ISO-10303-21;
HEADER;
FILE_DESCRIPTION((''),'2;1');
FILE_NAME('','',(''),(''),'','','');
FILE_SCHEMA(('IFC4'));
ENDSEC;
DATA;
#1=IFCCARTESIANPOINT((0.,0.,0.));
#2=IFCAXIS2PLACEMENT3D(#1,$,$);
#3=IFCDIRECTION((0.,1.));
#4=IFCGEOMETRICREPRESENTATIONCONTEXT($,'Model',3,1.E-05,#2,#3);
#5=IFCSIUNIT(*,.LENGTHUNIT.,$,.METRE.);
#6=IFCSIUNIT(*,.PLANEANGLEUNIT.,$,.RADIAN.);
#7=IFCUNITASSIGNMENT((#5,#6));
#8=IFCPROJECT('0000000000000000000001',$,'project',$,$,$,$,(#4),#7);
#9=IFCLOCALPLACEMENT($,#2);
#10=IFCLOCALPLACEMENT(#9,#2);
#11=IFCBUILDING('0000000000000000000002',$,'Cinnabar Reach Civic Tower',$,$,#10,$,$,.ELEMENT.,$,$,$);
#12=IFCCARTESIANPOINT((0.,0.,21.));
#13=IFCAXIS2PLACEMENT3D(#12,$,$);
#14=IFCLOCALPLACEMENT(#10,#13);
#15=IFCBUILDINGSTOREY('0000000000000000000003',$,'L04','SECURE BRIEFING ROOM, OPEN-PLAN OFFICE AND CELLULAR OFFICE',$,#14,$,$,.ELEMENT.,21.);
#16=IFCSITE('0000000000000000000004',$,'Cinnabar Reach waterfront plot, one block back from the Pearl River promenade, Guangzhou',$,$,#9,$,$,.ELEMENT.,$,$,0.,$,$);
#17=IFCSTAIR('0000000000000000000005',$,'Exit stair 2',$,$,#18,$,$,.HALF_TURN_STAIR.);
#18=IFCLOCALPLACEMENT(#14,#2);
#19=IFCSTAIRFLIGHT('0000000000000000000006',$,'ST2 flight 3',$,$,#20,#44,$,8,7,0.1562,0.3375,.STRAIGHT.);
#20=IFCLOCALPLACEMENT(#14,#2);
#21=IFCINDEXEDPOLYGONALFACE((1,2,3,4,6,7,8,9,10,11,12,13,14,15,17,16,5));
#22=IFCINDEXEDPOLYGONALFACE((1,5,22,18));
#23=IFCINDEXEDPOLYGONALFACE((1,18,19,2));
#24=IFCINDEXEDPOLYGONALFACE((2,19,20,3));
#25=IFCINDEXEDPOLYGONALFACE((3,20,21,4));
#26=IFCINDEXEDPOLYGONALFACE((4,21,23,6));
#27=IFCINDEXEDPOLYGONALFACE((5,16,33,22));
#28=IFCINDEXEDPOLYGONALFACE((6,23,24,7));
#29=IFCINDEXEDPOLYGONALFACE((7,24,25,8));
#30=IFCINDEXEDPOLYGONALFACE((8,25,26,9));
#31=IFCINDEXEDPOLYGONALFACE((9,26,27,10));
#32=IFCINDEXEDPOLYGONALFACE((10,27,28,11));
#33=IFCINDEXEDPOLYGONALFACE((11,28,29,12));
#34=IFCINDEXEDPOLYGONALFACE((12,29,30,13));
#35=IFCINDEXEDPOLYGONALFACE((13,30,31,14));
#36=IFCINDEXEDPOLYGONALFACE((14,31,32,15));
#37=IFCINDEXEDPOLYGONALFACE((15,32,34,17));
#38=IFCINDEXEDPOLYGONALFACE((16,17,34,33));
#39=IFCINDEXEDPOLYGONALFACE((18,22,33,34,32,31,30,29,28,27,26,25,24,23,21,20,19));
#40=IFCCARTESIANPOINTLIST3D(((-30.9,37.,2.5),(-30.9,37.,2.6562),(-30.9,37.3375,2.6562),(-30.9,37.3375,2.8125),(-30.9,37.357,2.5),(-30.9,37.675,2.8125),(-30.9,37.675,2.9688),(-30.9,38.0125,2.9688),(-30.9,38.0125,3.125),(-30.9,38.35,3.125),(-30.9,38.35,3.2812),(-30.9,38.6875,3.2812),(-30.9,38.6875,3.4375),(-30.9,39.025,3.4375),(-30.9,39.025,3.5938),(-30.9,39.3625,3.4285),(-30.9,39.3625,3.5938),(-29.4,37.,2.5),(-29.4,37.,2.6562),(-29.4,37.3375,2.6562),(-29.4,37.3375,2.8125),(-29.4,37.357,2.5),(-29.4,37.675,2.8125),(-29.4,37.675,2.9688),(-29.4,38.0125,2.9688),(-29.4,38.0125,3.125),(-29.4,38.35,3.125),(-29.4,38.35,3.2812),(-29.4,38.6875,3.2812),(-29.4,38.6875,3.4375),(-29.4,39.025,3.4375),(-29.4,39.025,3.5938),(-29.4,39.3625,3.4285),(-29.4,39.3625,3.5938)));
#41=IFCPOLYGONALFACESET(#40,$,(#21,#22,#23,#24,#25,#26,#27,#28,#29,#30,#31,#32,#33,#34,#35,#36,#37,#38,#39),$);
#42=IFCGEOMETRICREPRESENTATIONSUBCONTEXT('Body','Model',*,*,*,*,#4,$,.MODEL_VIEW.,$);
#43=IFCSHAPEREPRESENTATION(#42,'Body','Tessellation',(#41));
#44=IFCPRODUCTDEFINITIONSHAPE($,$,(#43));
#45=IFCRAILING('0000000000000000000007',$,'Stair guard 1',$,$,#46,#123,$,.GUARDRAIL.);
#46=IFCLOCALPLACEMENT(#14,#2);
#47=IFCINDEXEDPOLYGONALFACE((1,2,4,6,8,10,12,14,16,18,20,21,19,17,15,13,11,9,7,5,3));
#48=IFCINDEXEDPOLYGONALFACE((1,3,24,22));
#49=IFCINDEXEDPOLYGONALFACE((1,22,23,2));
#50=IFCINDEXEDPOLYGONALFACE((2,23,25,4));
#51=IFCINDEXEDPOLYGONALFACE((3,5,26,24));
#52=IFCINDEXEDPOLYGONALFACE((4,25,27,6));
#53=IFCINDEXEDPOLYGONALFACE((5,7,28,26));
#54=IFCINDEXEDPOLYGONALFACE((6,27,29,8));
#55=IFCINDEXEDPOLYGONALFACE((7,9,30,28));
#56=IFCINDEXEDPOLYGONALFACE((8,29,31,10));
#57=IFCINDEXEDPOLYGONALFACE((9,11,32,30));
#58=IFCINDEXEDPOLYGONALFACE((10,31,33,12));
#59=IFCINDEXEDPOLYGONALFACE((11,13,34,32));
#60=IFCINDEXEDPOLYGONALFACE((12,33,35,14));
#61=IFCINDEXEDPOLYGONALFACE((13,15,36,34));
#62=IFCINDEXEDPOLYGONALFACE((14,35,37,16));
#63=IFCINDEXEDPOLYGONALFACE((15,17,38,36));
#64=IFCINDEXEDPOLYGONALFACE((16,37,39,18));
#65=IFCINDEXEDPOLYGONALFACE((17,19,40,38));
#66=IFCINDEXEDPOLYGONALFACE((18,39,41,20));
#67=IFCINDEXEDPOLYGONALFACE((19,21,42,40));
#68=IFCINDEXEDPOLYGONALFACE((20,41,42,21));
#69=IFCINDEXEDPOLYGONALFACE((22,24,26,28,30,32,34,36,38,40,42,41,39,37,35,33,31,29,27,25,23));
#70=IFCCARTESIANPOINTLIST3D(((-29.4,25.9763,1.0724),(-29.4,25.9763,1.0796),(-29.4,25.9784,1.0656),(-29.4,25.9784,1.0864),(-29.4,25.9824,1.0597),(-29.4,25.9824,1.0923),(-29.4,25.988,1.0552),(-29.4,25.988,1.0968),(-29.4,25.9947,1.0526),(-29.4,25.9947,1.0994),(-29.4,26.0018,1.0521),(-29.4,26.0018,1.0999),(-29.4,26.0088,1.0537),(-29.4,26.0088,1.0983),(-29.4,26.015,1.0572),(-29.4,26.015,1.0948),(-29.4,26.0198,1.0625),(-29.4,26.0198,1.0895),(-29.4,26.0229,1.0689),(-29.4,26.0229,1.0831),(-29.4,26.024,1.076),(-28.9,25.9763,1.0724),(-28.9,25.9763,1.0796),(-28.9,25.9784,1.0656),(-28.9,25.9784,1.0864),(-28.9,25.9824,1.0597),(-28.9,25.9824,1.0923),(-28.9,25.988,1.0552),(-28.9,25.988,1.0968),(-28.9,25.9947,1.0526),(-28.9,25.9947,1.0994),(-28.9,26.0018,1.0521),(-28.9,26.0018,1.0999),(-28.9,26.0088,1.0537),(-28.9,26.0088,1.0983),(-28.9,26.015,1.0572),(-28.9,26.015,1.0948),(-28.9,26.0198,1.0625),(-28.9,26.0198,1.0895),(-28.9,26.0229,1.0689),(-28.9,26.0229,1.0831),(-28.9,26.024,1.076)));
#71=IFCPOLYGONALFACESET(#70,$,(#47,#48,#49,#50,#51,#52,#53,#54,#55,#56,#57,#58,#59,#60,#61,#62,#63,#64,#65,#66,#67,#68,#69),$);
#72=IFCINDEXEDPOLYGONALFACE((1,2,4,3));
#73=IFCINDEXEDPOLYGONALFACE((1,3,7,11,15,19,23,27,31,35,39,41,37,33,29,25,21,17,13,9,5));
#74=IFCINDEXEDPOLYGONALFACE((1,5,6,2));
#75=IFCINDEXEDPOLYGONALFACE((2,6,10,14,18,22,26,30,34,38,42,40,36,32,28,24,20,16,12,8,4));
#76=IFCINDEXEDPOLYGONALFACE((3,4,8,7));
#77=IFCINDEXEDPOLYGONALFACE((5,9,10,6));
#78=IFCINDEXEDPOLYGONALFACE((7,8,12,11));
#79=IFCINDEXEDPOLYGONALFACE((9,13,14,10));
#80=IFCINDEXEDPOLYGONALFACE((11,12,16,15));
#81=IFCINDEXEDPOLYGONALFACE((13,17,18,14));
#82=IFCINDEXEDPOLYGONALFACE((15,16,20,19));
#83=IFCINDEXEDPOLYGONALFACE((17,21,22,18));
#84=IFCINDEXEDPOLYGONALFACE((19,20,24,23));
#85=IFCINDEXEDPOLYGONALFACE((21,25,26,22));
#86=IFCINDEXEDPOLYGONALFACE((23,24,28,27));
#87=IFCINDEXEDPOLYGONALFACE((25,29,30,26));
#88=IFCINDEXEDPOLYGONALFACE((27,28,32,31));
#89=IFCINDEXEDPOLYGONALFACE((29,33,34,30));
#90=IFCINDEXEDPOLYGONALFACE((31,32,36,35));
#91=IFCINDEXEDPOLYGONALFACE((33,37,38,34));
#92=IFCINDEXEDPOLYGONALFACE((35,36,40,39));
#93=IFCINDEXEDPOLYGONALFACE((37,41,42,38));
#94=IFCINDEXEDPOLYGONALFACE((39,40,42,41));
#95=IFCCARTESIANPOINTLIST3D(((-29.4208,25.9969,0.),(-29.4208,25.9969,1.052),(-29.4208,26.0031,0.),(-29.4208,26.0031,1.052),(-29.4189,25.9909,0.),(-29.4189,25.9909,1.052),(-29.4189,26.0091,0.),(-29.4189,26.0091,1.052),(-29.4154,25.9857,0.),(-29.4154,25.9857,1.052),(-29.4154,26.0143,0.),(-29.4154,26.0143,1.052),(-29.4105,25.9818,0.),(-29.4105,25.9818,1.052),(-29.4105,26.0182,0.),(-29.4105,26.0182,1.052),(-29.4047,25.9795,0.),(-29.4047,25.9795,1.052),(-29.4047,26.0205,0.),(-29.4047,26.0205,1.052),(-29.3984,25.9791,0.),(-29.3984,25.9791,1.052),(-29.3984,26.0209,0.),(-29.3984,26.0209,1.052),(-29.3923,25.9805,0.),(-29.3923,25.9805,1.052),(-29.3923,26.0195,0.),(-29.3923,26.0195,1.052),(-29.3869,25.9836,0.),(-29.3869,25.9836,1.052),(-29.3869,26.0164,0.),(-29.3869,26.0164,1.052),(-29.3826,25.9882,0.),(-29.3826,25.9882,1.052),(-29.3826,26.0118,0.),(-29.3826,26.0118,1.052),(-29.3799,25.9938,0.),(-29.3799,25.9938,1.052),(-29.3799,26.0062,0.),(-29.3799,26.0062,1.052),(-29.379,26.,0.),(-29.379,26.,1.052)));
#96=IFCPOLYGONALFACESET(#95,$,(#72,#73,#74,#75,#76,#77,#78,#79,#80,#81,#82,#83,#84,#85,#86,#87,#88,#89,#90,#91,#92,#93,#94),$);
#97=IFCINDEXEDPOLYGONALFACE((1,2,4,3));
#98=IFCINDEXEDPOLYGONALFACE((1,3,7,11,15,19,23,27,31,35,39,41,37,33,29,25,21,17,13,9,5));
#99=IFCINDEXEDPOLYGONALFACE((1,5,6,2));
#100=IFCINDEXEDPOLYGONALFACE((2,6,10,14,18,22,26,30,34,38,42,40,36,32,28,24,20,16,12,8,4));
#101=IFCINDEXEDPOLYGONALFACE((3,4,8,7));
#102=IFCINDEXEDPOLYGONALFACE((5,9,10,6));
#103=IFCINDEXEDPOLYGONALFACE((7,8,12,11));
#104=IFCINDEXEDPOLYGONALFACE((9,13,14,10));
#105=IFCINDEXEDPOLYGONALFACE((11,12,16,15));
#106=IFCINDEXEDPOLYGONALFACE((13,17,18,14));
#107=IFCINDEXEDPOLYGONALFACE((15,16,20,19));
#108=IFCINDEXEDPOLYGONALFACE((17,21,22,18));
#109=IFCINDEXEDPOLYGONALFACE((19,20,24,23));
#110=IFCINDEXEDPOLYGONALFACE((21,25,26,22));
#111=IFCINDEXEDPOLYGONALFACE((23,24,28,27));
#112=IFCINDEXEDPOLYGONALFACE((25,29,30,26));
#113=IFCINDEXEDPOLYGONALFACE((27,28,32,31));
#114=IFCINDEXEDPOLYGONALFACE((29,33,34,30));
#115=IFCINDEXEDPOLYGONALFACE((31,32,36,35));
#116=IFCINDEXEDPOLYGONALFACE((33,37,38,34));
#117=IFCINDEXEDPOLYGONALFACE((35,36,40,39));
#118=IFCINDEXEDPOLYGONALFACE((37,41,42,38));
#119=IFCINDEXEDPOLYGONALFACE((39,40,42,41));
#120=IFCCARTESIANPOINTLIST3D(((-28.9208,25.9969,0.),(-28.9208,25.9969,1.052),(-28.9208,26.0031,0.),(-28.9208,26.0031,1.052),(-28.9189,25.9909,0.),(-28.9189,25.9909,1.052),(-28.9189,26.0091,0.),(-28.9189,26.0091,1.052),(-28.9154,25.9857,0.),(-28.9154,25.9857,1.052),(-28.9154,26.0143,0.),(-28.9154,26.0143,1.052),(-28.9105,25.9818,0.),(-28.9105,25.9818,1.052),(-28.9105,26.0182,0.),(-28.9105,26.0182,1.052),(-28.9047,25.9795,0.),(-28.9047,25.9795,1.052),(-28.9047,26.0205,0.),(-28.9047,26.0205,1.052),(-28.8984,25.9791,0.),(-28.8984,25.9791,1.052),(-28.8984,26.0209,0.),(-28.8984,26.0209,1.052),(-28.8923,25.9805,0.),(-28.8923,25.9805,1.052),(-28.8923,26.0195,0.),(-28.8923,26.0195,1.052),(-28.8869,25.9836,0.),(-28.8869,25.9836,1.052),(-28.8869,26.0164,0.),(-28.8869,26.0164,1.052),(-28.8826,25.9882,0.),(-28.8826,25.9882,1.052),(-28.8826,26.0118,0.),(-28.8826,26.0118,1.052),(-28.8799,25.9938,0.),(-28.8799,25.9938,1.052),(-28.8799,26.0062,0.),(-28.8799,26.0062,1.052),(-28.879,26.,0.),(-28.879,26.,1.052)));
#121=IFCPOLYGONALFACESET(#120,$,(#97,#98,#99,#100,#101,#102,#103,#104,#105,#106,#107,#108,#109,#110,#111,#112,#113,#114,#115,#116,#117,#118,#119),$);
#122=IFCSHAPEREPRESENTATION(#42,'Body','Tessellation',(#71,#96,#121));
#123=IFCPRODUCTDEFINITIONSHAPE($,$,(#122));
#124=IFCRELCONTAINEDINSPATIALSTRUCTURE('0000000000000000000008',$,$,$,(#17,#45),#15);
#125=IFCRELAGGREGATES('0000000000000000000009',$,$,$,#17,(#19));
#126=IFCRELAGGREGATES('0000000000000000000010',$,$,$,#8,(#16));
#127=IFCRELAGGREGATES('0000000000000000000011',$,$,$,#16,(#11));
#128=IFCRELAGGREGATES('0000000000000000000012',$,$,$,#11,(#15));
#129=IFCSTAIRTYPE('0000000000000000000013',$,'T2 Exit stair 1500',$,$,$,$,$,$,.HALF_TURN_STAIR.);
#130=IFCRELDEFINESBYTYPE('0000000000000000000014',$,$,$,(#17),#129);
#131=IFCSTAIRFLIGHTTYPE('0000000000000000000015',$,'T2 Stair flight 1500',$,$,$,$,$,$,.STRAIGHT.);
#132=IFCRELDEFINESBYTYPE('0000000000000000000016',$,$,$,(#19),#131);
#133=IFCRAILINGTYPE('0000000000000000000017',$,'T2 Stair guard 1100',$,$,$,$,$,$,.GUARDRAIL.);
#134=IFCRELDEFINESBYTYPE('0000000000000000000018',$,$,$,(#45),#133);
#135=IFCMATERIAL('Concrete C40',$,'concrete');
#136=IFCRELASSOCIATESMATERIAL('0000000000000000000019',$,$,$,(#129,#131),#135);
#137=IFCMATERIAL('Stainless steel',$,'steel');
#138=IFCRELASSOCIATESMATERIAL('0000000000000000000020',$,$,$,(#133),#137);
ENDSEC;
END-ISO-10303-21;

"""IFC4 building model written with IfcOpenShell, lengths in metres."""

from ifc_helpers import new_model, si_unit, direction, frame, origin, origin_2d, place, context, subcontext, project, spatial, polyline, circle, outline, extrude, material, type_object, element, aggregate, save


model = new_model("IFC4")

# Units and contexts
model_context = context("Model", 3, precision=1e-05, world=origin(), true_north=direction((0.0, 1.0)))
body_context = subcontext(model_context, "Body", "Model", "MODEL_VIEW")
ifc_project = project(units=[si_unit("LENGTHUNIT", "METRE"), si_unit("PLANEANGLEUNIT", "RADIAN")], contexts=[model_context])

# Site, building, storey
site_placement = place(None, origin())
site = spatial("IfcSite", under=ifc_project, at=site_placement, Name="Cinnabar Reach waterfront plot, one block back from the Pearl River promenade, Guangzhou", CompositionType="ELEMENT", RefElevation=0.0)
building_placement = place(site_placement, origin())
building = spatial("IfcBuilding", under=site, at=building_placement, Name="Cinnabar Reach Civic Tower", CompositionType="ELEMENT")
storey_placement = place(building_placement, frame((0.0, 0.0, 21.0)))
storey = spatial("IfcBuildingStorey", under=building, at=storey_placement, Name="L04", Description="SECURE BRIEFING ROOM, OPEN-PLAN OFFICE AND CELLULAR OFFICE", CompositionType="ELEMENT", Elevation=21.0)

# Shared definitions
ifc_material_1 = material(Name="Concrete C40", Category="concrete")

# Stair, stair flight
stair_type = type_object("IfcStairType", Name="T2 Exit stair 1500", PredefinedType="HALF_TURN_STAIR", material=ifc_material_1)
stair_flight_type = type_object("IfcStairFlightType", Name="T2 Stair flight 1500", PredefinedType="STRAIGHT", material=ifc_material_1)
stair_1_placement = place(storey_placement, origin())
stair_1 = element("IfcStair", 1, at=stair_1_placement, inside=storey, type_object=stair_type, Name="Exit stair 2", PredefinedType="HALF_TURN_STAIR")
stair_flight_1_placement = place(storey_placement, frame((-30.15, 37.0, 2.5), z_axis=(0.0, 0.0, 1.0), x_axis=(0.0, 1.0, 0.0)))
stair_flight_1 = element("IfcStairFlight", 2, at=stair_flight_1_placement, type_object=stair_flight_type, Name="ST2 flight 3", NumberOfRisers=8, NumberOfTreads=7, PredefinedType="STRAIGHT", RiserHeight=0.1562, TreadLength=0.3375, context=body_context, shape_type="SweptSolid", body=[
    extrude(outline(polyline([(0.0, 0.0), (0.0, 0.1562), (0.3375, 0.1562), (0.3375, 0.3125), (0.675, 0.3125), (0.675, 0.4688), (1.0125, 0.4688), (1.0125, 0.625), (1.35, 0.625), (1.35, 0.7812), (1.6875, 0.7812), (1.6875, 0.9375), (2.025, 0.9375), (2.025, 1.0938), (2.3625, 1.0938), (2.3625, 1.25), (2.3625, 0.9285), (0.357, 0.0), (0.0, 0.0)])), frame((0.0, 0.75, 0.0), z_axis=(0.0, -1.0, 0.0), x_axis=(1.0, 0.0, 0.0)), (0.0, 0.0, 1.0), 1.5),
])
aggregate(stair_1, [stair_flight_1])

# Railing
ifc_material_2 = material(Name="Stainless steel", Category="steel")
railing_type = type_object("IfcRailingType", Name="T2 Stair guard 1100", PredefinedType="GUARDRAIL", material=ifc_material_2)
railing_1_placement = place(storey_placement, frame((-29.4, 26.0, 0.0)))
element("IfcRailing", 3, at=railing_1_placement, inside=storey, type_object=railing_type, Name="Stair guard 1", PredefinedType="GUARDRAIL", context=body_context, shape_type="SweptSolid", body=[
    extrude(circle(Radius=0.024, at=origin_2d()), frame((0.0, 0.0, 1.076), z_axis=(1.0, 0.0, 0.0), x_axis=(0.0, 1.0, 0.0)), (0.0, 0.0, 1.0), 0.5),
    extrude(circle(Radius=0.021, at=origin_2d()), origin(), (0.0, 0.0, 1.0), 1.052),
    extrude(circle(Radius=0.021, at=origin_2d()), frame((0.5, 0.0, 0.0)), (0.0, 0.0, 1.0), 1.052),
])

save(model, "model.ifc")
